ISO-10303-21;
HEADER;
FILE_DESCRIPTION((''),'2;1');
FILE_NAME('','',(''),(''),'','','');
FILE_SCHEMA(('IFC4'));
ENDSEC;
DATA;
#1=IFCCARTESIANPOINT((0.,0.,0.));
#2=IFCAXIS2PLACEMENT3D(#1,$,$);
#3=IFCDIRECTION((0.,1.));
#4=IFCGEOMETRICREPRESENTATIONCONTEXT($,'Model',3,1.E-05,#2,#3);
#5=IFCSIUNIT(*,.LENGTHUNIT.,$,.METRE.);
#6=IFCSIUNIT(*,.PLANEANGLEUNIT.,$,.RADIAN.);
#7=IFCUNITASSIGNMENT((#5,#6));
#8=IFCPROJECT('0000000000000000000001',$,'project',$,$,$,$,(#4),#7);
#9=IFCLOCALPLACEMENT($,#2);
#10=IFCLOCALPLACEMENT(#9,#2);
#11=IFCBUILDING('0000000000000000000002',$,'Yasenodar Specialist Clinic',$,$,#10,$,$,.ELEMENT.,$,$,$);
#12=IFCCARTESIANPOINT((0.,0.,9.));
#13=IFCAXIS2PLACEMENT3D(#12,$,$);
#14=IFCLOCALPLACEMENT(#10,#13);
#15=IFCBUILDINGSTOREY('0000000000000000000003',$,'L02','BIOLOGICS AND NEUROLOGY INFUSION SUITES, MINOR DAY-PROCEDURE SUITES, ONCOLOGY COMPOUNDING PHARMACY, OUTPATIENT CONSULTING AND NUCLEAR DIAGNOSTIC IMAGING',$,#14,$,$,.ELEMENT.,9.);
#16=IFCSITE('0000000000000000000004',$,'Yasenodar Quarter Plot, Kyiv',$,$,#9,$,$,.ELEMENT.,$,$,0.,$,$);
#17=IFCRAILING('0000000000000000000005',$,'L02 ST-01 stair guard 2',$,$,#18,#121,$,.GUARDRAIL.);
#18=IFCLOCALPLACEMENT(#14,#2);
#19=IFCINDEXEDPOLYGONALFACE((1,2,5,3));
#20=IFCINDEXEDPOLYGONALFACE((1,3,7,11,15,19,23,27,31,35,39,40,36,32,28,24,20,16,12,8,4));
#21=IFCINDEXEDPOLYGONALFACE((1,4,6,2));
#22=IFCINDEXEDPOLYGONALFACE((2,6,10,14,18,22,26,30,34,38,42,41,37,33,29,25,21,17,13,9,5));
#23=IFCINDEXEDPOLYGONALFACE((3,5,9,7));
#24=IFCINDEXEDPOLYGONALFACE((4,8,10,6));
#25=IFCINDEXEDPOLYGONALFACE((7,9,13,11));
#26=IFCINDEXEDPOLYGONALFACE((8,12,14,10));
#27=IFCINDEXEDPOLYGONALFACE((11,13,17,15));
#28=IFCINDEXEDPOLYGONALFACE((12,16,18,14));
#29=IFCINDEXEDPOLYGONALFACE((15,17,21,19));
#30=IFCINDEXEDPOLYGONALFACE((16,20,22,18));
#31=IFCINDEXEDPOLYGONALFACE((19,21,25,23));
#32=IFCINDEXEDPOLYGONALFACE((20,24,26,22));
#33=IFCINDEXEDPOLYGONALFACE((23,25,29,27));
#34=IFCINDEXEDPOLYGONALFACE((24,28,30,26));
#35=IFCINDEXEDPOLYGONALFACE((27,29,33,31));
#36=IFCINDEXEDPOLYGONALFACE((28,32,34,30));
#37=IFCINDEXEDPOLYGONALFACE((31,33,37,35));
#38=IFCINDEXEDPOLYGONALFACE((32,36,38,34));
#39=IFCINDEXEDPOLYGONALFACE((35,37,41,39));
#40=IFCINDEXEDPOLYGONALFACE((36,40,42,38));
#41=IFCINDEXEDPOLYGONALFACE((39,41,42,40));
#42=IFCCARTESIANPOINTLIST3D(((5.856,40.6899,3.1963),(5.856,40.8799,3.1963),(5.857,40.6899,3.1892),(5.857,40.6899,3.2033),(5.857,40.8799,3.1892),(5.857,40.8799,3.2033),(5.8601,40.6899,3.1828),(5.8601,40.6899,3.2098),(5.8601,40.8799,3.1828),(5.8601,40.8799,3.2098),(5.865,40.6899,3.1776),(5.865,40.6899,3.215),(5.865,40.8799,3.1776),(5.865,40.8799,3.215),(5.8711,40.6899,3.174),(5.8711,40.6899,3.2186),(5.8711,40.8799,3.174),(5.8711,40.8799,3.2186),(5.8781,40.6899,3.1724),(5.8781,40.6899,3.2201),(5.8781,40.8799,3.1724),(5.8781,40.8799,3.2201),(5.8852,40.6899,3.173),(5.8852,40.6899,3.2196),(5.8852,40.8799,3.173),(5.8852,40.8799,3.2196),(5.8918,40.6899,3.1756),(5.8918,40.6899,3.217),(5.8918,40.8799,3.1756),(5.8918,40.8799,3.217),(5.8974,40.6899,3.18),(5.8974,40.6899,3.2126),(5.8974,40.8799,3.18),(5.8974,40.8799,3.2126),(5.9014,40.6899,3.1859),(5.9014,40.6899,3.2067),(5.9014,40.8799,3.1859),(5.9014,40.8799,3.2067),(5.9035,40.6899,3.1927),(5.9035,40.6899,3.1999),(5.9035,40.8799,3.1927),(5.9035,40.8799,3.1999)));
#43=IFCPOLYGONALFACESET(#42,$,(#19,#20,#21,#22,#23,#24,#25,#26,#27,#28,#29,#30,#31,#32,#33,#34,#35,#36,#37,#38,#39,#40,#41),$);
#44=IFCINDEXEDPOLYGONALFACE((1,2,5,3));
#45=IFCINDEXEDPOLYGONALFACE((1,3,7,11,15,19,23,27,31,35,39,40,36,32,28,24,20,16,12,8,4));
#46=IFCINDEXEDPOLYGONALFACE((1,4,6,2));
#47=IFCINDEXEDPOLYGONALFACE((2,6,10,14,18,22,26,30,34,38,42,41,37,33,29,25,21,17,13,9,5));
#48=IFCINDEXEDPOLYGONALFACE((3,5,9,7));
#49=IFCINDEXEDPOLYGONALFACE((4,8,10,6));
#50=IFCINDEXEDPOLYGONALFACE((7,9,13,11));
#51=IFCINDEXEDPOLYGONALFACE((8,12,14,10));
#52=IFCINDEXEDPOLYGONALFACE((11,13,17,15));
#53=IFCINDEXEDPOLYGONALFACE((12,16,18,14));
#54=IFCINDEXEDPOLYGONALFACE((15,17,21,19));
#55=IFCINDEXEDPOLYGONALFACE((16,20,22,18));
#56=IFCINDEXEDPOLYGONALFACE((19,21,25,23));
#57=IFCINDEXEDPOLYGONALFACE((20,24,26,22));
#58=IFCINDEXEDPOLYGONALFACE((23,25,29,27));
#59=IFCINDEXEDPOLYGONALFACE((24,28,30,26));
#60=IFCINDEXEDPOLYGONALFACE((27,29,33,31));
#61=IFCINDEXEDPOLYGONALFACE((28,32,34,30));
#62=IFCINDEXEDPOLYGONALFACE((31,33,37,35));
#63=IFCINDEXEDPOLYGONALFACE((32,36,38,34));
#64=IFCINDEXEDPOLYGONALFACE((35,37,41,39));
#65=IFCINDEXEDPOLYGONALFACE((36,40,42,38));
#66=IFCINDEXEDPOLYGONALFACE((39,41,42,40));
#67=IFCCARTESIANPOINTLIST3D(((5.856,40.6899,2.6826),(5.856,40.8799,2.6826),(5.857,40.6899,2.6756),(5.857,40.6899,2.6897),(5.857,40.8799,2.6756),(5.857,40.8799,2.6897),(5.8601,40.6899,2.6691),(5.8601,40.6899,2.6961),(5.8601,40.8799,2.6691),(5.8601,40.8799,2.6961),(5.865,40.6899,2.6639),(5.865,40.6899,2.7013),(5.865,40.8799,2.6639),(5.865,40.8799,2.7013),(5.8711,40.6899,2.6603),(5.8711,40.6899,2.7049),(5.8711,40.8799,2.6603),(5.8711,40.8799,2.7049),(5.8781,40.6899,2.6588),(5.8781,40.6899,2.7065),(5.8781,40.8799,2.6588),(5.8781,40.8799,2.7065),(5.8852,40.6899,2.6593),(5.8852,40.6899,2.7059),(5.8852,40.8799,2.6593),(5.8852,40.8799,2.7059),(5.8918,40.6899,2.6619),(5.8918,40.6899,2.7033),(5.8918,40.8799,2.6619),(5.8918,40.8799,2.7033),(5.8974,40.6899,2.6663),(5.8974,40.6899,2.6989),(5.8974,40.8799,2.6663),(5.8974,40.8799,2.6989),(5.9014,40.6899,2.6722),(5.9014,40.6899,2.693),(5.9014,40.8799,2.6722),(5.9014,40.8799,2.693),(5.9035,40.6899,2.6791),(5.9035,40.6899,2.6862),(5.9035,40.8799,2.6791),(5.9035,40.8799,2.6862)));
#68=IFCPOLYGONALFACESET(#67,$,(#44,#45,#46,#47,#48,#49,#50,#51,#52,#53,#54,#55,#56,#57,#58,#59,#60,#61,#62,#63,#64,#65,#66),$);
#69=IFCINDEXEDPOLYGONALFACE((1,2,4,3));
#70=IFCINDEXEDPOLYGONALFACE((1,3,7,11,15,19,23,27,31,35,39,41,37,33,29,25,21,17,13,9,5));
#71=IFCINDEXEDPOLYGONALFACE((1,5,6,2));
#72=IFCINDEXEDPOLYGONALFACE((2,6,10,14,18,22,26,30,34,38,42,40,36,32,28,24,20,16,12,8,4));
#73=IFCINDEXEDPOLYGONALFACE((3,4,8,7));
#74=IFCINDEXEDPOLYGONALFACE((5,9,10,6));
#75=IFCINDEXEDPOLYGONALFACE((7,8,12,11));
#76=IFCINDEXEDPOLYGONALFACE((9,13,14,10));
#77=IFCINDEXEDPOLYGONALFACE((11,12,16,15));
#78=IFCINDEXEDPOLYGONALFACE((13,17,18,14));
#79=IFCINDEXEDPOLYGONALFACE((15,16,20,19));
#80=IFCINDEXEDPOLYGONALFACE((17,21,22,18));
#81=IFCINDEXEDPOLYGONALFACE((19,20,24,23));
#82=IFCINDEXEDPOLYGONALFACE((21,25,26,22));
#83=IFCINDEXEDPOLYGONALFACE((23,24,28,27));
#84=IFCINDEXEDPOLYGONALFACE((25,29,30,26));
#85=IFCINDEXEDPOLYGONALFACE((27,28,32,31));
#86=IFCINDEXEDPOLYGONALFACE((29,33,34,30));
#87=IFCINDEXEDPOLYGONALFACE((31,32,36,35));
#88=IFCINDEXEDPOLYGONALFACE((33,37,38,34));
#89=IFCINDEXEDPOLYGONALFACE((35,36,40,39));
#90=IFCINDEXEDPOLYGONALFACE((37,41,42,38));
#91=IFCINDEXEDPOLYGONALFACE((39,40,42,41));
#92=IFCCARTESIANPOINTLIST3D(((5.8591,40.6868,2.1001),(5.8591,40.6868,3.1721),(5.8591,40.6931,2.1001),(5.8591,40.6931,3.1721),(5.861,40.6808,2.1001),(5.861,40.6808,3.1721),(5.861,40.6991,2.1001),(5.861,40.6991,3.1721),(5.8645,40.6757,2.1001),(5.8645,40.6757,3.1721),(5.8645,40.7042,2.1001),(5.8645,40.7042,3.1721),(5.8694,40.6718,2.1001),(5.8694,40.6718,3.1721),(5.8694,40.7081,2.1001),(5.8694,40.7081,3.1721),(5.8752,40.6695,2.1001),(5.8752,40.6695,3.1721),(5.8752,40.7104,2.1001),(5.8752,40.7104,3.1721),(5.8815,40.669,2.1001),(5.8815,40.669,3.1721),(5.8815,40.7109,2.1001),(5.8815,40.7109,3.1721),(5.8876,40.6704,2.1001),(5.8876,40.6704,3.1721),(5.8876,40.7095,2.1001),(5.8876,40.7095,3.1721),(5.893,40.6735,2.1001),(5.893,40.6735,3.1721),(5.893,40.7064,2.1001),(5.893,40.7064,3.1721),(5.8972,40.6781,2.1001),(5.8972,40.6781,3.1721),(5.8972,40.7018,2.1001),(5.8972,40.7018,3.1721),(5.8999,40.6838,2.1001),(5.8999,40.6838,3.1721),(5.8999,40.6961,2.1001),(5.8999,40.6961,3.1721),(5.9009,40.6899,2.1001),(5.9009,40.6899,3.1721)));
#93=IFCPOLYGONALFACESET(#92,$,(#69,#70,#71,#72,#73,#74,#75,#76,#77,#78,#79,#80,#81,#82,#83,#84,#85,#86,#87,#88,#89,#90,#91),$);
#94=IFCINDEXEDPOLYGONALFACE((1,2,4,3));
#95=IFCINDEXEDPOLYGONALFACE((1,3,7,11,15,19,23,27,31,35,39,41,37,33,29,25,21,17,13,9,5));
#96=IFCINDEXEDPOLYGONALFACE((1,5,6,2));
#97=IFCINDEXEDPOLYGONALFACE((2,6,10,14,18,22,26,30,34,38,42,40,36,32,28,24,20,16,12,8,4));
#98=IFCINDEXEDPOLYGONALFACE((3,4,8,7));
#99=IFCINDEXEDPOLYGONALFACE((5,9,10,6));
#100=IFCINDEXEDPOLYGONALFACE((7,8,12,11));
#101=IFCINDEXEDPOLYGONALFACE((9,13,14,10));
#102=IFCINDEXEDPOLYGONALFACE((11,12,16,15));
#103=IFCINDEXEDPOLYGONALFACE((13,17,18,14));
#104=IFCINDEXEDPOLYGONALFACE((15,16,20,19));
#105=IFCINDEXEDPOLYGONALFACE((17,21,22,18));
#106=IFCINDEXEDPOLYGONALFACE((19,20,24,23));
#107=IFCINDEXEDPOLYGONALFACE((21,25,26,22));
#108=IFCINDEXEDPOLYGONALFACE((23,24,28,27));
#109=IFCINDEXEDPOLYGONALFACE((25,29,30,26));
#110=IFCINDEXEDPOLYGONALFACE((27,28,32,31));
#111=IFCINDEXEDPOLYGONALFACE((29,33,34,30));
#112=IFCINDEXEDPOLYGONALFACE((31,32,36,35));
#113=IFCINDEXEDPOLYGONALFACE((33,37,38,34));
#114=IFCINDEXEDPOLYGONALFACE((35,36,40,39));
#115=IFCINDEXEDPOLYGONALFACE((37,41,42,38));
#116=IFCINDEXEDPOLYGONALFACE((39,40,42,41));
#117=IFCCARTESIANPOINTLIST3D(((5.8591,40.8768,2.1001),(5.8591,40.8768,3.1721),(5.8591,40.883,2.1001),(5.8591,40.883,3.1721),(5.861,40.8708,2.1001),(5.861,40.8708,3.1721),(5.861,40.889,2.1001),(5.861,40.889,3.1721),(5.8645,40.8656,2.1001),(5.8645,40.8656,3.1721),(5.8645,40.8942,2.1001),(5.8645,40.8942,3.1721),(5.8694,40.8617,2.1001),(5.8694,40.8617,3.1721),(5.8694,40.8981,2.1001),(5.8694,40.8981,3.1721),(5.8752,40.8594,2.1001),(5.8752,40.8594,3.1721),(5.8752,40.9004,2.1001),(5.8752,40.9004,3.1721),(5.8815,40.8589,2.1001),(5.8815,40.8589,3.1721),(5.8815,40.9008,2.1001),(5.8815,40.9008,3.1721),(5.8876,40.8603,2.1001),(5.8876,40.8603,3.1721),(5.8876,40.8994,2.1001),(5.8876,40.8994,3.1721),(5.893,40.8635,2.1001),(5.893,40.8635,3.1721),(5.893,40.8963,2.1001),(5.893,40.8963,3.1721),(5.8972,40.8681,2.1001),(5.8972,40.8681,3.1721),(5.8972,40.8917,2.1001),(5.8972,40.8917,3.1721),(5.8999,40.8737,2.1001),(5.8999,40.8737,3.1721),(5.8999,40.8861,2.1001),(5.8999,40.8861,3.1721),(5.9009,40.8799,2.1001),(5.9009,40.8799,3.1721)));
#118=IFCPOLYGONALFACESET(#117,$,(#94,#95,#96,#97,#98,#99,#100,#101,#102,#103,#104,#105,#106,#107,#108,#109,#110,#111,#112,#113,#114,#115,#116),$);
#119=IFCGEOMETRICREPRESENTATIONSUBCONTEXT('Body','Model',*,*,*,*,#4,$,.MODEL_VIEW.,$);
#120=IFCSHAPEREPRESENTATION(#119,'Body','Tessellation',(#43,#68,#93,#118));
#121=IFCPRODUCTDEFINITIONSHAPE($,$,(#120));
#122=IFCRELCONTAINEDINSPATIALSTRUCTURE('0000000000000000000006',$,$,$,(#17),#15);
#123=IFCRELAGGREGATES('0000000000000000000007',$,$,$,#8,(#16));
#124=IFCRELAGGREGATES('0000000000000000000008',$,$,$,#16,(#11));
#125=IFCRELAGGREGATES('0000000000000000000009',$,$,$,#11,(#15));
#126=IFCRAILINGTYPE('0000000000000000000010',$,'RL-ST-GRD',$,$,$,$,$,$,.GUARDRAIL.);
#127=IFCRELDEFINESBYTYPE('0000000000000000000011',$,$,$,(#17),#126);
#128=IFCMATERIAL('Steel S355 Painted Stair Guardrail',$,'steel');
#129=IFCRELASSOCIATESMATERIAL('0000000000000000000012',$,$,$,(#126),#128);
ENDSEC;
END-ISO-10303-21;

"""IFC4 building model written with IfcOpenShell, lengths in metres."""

from ifc_helpers import new_model, si_unit, direction, frame, origin, origin_2d, place, context, subcontext, project, spatial, circle, extrude, material, type_object, element, save


model = new_model("IFC4")

# Units and contexts
model_context = context("Model", 3, precision=1e-05, world=origin(), true_north=direction((0.0, 1.0)))
body_context = subcontext(model_context, "Body", "Model", "MODEL_VIEW")
ifc_project = project(units=[si_unit("LENGTHUNIT", "METRE"), si_unit("PLANEANGLEUNIT", "RADIAN")], contexts=[model_context])

# Site, building, storey
site_placement = place(None, origin())
site = spatial("IfcSite", under=ifc_project, at=site_placement, Name="Yasenodar Quarter Plot, Kyiv", CompositionType="ELEMENT", RefElevation=0.0)
building_placement = place(site_placement, origin())
building = spatial("IfcBuilding", under=site, at=building_placement, Name="Yasenodar Specialist Clinic", CompositionType="ELEMENT")
storey_placement = place(building_placement, frame((0.0, 0.0, 9.0)))
storey = spatial("IfcBuildingStorey", under=building, at=storey_placement, Name="L02", Description="BIOLOGICS AND NEUROLOGY INFUSION SUITES, MINOR DAY-PROCEDURE SUITES, ONCOLOGY COMPOUNDING PHARMACY, OUTPATIENT CONSULTING AND NUCLEAR DIAGNOSTIC IMAGING", CompositionType="ELEMENT", Elevation=9.0)

# Railing
ifc_material_1 = material(Name="Steel S355 Painted Stair Guardrail", Category="steel")
railing_type = type_object("IfcRailingType", Name="RL-ST-GRD", PredefinedType="GUARDRAIL", material=ifc_material_1)
railing_placement = place(storey_placement, frame((5.8799, 40.6899, 2.1001)))
element("IfcRailing", 1, at=railing_placement, inside=storey, type_object=railing_type, Name="L02 ST-01 stair guard 2", PredefinedType="GUARDRAIL", context=body_context, shape_type="SweptSolid", body=[
    extrude(circle(Radius=0.0239, at=origin_2d()), frame((0.0, 0.0, 1.0962), z_axis=(0.0, 1.0, 0.0), x_axis=(-1.0, 0.0, 0.0)), (0.0, 0.0, 1.0), 0.1899),
    extrude(circle(Radius=0.0239, at=origin_2d()), frame((0.0, 0.0, 0.5825), z_axis=(0.0, 1.0, 0.0), x_axis=(-1.0, 0.0, 0.0)), (0.0, 0.0, 1.0), 0.1899),
    extrude(circle(Radius=0.021, at=origin_2d()), origin(), (0.0, 0.0, 1.0), 1.072),
    extrude(circle(Radius=0.021, at=origin_2d()), frame((0.0, 0.1899, 0.0)), (0.0, 0.0, 1.0), 1.072),
])

save(model, "model.ifc")
